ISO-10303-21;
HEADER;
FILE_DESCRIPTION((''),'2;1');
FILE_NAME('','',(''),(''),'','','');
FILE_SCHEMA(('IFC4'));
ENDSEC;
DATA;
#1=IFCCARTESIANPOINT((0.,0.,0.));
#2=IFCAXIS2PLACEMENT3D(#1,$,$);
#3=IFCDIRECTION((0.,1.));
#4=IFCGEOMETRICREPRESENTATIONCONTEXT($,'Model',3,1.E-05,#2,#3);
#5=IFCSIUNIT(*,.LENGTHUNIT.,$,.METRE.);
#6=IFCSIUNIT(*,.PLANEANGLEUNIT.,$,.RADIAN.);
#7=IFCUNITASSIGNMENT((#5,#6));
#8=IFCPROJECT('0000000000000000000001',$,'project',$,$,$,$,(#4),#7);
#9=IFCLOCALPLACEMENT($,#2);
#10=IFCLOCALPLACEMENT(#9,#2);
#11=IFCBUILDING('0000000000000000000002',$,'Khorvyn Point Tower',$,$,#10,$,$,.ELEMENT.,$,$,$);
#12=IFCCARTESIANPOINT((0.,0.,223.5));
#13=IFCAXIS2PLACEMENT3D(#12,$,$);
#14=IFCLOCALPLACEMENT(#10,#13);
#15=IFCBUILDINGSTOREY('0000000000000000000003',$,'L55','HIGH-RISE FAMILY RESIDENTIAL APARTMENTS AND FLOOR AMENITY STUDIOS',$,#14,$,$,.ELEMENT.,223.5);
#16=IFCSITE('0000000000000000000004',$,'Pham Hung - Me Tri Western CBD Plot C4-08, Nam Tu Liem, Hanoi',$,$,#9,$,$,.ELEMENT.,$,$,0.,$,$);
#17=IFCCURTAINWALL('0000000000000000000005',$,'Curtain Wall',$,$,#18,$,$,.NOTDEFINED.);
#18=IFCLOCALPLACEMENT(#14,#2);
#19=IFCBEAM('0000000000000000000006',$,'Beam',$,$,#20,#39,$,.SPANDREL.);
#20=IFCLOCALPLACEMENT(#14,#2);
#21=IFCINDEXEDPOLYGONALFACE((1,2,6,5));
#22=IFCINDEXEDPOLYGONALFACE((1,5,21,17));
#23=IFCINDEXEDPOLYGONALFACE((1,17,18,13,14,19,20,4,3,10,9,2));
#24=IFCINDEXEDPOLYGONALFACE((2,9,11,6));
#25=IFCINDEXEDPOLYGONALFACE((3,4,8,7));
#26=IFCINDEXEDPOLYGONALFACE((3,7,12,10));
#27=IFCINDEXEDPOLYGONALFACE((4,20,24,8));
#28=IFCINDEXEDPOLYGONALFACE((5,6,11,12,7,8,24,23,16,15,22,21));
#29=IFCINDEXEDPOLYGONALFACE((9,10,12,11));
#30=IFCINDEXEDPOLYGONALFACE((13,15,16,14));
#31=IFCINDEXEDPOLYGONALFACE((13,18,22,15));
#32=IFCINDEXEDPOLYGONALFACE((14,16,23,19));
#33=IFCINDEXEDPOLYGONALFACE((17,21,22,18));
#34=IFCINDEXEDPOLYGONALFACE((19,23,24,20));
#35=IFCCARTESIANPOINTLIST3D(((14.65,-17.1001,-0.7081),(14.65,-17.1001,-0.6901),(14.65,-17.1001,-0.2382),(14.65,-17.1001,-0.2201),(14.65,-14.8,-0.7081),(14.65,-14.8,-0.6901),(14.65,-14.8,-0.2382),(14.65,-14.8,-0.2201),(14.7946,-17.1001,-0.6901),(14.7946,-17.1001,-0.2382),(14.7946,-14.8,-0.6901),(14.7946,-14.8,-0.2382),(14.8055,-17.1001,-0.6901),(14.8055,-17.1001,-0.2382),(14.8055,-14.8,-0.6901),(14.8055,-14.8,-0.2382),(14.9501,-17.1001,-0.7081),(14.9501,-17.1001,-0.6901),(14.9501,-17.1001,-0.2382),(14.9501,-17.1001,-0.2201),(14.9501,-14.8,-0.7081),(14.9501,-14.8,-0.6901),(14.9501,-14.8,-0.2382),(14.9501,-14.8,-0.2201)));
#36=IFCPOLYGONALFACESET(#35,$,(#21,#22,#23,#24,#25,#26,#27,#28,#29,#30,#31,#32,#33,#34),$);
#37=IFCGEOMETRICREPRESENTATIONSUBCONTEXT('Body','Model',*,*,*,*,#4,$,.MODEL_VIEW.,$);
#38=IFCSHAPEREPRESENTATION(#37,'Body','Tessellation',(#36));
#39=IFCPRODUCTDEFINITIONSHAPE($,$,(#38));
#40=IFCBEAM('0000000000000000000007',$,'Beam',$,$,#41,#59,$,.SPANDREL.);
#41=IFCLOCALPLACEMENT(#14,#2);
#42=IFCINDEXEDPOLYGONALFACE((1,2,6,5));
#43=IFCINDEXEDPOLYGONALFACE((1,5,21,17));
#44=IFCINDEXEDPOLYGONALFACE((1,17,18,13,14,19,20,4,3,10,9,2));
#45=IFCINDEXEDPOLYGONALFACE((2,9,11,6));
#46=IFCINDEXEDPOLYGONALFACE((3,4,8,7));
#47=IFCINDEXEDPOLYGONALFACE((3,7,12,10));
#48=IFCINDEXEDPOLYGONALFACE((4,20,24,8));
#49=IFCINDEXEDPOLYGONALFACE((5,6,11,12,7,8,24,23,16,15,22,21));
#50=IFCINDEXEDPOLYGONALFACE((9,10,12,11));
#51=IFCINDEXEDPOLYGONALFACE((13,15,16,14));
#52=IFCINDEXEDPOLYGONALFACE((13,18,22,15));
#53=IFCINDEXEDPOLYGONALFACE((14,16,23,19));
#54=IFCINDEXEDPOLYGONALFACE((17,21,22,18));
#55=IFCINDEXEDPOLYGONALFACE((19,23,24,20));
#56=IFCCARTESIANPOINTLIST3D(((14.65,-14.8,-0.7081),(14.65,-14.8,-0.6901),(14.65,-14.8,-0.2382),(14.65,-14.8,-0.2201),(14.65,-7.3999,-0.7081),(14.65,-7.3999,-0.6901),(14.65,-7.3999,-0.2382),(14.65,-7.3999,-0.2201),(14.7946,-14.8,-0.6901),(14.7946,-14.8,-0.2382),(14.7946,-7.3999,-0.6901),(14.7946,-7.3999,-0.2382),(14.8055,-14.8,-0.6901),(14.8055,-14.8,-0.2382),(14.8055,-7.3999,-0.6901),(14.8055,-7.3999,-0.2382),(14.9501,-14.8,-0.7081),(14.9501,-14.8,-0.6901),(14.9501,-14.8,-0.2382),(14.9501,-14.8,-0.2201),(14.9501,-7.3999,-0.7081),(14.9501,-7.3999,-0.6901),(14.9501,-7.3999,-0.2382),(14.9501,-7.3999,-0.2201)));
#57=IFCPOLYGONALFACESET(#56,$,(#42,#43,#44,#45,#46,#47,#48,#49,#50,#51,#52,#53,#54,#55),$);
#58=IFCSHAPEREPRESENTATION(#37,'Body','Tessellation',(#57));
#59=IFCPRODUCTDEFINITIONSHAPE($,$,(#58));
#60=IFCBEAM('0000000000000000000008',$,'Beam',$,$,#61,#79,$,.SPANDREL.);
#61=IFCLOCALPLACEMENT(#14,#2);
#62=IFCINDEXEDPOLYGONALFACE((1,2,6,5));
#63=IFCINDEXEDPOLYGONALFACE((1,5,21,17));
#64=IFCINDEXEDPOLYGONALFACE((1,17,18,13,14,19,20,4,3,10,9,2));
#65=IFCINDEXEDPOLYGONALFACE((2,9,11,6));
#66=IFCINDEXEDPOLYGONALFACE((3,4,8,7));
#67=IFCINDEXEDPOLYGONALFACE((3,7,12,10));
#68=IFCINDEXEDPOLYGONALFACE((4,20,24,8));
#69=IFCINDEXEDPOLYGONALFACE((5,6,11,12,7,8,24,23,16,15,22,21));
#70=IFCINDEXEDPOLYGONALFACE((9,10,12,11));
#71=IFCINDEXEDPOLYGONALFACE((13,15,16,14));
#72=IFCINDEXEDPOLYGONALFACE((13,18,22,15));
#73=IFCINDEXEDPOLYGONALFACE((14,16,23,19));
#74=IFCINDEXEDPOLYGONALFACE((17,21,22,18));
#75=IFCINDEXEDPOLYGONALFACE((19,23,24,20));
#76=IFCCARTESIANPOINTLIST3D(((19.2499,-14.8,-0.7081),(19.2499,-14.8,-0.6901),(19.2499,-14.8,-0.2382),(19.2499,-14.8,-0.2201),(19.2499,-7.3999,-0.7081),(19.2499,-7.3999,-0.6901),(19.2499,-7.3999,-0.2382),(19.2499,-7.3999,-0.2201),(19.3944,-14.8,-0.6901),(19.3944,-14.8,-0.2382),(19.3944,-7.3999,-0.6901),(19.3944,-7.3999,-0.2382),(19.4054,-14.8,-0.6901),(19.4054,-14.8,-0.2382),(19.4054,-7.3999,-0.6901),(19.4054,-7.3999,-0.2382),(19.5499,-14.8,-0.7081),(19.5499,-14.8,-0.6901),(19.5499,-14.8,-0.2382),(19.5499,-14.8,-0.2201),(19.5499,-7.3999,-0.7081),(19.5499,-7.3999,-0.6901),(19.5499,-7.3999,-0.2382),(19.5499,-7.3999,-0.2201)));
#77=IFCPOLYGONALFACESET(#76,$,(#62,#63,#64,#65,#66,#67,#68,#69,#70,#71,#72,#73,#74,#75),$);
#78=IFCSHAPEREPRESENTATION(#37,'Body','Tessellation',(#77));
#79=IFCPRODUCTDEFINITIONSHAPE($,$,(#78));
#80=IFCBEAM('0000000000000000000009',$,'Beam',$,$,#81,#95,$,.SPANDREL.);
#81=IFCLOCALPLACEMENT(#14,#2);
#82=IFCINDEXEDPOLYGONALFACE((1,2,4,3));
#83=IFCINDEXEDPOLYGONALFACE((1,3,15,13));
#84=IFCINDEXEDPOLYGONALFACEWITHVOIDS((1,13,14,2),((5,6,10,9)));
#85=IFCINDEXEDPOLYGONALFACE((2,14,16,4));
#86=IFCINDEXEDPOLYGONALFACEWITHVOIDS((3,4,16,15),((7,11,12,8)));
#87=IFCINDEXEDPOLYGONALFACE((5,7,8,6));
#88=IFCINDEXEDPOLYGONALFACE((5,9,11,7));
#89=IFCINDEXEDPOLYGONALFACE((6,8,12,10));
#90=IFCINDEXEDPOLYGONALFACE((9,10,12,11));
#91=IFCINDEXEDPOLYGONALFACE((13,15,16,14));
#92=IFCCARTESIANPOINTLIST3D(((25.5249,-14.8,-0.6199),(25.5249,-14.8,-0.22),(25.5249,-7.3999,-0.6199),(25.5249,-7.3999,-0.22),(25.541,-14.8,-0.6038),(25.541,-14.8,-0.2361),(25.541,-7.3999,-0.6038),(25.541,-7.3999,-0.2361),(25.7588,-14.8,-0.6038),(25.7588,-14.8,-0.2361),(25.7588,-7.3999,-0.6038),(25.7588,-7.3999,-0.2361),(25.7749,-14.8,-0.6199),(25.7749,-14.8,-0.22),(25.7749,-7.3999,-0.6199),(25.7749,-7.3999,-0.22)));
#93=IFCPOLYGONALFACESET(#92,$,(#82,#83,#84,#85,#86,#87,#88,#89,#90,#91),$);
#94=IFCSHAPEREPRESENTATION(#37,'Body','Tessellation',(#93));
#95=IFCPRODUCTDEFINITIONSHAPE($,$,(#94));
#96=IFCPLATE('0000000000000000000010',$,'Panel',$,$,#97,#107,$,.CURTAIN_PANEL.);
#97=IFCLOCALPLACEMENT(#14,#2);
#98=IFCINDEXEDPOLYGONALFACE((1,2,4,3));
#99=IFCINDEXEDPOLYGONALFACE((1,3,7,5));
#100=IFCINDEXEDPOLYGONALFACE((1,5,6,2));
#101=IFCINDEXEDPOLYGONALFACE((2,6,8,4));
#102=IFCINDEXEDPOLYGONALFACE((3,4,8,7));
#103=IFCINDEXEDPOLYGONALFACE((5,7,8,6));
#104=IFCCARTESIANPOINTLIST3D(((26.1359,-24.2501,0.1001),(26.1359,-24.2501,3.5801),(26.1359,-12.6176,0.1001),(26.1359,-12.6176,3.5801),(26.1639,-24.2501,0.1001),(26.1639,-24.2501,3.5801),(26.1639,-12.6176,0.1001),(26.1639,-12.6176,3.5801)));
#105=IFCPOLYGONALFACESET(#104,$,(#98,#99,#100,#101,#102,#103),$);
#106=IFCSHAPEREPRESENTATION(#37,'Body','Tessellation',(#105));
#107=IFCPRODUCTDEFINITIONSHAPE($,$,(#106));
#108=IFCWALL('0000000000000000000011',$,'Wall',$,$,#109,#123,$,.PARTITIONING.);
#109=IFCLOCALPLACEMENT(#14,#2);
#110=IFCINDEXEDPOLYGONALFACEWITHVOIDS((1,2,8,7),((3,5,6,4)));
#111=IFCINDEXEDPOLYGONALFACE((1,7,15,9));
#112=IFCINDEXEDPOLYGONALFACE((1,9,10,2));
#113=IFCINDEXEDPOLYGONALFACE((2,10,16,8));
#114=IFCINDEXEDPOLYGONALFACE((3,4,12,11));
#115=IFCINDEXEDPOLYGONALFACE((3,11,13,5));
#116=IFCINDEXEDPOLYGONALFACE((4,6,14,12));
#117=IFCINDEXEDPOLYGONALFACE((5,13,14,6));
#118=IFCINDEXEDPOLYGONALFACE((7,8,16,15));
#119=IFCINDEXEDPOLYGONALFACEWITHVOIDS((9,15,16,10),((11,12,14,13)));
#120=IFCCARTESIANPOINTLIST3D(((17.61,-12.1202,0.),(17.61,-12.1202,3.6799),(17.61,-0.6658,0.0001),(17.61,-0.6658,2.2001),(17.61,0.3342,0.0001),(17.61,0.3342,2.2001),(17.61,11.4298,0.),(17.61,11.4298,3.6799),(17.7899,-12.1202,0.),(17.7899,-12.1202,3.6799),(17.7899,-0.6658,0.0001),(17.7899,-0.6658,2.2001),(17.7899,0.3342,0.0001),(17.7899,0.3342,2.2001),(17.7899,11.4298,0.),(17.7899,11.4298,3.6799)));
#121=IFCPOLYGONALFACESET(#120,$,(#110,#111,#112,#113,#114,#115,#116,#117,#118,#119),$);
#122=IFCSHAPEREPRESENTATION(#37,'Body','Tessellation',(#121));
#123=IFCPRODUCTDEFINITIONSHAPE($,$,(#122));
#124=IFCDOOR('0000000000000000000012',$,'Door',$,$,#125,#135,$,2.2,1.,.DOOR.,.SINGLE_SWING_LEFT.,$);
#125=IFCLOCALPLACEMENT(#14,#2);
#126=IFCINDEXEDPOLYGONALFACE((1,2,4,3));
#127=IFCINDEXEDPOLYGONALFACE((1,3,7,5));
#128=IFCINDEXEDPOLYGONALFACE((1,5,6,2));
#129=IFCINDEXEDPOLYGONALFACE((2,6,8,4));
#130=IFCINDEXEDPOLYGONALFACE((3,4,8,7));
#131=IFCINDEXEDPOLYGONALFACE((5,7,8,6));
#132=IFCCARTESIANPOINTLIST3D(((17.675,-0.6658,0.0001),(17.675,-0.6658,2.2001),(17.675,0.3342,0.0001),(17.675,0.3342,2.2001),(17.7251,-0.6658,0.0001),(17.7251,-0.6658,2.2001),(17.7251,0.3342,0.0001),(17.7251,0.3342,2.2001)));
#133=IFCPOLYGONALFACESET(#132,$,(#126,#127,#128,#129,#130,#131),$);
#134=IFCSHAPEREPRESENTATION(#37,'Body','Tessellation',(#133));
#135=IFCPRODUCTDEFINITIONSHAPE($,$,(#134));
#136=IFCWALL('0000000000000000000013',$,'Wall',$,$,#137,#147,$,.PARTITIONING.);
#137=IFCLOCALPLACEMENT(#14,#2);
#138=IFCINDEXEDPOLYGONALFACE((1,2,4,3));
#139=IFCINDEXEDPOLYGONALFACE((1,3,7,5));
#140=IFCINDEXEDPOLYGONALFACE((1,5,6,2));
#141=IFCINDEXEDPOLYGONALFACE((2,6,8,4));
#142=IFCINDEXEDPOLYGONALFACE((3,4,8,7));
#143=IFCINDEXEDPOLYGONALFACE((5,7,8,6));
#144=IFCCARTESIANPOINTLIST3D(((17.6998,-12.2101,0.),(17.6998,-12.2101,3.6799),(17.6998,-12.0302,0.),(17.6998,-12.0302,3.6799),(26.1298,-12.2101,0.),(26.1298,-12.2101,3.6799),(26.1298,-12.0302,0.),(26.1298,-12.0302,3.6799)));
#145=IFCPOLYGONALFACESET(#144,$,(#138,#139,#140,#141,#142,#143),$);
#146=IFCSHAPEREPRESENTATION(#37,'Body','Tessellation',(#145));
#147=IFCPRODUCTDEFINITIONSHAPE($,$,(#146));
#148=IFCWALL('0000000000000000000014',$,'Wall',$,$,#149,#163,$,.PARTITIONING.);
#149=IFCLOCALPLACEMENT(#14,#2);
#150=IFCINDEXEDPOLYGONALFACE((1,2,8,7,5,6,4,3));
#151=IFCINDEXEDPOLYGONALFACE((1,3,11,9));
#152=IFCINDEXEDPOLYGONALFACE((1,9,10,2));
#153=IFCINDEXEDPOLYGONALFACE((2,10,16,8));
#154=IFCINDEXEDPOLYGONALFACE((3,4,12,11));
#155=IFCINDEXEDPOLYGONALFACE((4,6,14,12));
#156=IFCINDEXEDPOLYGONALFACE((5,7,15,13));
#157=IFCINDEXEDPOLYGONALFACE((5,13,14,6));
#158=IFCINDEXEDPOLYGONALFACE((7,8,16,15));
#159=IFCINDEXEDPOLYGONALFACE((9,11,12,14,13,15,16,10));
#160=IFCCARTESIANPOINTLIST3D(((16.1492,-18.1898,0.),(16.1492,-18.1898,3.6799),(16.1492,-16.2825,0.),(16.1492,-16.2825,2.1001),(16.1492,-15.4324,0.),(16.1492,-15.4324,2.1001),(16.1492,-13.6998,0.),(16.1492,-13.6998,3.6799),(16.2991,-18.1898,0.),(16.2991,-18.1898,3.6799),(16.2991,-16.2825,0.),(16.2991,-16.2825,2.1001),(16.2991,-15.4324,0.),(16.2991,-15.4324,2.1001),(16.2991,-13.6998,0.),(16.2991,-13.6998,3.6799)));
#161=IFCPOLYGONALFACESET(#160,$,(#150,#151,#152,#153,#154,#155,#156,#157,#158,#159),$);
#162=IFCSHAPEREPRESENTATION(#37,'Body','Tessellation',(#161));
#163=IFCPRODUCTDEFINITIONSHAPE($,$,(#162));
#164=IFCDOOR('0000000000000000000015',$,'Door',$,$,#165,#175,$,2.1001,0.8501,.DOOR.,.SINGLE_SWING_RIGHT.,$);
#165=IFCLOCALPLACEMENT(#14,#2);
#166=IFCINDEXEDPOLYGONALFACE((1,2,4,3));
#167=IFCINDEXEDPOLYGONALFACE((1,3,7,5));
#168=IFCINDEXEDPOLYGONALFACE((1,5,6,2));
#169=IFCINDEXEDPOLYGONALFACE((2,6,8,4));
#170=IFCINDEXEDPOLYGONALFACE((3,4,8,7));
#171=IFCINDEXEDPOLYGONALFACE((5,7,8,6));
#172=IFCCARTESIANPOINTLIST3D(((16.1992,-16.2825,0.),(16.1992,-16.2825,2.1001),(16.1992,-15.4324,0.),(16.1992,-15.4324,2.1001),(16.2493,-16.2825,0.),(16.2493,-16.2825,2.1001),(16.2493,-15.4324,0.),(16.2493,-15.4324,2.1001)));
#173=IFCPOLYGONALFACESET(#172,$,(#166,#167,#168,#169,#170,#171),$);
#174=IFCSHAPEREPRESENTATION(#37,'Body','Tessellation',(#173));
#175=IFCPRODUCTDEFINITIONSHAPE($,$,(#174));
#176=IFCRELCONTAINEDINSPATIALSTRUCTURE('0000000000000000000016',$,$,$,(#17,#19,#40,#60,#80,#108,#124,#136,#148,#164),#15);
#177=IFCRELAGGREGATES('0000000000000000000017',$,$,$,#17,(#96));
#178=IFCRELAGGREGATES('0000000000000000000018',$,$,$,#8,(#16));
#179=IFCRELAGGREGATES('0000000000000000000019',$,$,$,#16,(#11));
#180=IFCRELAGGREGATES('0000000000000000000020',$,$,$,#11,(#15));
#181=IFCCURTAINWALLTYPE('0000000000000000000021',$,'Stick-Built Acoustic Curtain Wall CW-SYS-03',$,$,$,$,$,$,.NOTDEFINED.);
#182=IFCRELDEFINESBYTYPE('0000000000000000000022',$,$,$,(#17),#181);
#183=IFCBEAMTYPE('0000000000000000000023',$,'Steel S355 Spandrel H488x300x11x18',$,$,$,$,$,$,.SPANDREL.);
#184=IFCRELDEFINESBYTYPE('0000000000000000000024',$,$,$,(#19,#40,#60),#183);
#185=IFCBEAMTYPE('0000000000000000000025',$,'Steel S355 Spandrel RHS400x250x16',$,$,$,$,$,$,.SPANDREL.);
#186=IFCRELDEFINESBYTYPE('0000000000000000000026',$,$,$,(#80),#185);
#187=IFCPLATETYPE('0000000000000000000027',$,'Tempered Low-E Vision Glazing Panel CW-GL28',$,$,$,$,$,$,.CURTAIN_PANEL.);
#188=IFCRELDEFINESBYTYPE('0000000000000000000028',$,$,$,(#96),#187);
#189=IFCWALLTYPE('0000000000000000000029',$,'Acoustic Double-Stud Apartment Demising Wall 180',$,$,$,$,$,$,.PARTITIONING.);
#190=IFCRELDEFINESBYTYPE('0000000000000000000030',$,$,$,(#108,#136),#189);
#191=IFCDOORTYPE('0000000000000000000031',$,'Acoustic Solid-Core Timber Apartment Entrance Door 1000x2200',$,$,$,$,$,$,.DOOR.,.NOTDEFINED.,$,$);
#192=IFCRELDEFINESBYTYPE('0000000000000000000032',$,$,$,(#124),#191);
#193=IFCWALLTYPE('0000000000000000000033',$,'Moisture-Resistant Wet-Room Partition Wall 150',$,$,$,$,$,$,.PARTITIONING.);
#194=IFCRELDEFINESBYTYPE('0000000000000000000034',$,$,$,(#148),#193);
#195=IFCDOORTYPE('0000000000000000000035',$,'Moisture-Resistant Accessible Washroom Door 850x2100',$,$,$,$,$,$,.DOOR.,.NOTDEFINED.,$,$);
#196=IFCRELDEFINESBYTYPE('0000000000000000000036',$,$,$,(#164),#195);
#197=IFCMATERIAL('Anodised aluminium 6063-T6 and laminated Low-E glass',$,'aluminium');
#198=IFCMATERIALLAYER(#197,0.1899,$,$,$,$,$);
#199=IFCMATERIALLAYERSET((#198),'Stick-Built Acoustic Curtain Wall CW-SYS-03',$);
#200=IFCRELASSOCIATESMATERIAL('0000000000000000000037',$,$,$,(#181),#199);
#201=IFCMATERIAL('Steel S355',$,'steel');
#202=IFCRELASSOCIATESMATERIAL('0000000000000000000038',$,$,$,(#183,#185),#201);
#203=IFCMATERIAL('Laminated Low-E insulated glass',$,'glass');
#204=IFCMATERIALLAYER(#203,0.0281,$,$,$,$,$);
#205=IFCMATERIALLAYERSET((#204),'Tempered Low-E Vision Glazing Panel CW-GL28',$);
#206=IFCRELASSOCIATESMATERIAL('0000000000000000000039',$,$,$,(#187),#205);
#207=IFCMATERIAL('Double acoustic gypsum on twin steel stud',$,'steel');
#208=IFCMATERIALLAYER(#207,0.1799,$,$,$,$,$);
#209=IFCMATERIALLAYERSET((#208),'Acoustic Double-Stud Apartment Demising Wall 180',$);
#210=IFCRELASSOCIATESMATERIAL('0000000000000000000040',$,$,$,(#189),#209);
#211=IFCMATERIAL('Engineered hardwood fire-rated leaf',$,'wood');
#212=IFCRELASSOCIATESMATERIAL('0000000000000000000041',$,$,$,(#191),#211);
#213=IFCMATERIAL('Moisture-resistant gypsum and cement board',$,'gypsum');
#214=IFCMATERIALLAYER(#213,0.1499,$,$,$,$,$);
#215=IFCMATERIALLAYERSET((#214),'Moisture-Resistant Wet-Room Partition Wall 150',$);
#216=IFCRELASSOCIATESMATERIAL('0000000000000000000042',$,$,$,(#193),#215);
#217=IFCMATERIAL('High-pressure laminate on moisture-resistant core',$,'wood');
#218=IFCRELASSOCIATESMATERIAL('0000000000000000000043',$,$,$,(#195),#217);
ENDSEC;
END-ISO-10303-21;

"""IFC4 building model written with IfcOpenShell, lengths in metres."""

from ifc_helpers import new_model, si_unit, direction, frame, frame_2d, origin, origin_2d, place, context, subcontext, project, spatial, rectangle, hollow_rectangle, i_section, extrude, material, layer, layer_set, material_profile, profile_set, type_object, element, fill, aggregate, save


model = new_model("IFC4")

# Units and contexts
model_context = context("Model", 3, precision=1e-05, world=origin(), true_north=direction((0.0, 1.0)))
body_context = subcontext(model_context, "Body", "Model", "MODEL_VIEW")
ifc_project = project(units=[si_unit("LENGTHUNIT", "METRE"), si_unit("PLANEANGLEUNIT", "RADIAN")], contexts=[model_context])

# Site, building, storey
site_placement = place(None, origin())
site = spatial("IfcSite", under=ifc_project, at=site_placement, Name="Pham Hung - Me Tri Western CBD Plot C4-08, Nam Tu Liem, Hanoi", CompositionType="ELEMENT", RefElevation=0.0)
building_placement = place(site_placement, origin())
building = spatial("IfcBuilding", under=site, at=building_placement, Name="Khorvyn Point Tower", CompositionType="ELEMENT")
storey_placement = place(building_placement, frame((0.0, 0.0, 223.5)))
storey = spatial("IfcBuildingStorey", under=building, at=storey_placement, Name="L55", Description="HIGH-RISE FAMILY RESIDENTIAL APARTMENTS AND FLOOR AMENITY STUDIOS", CompositionType="ELEMENT", Elevation=223.5)

# Curtain wall
ifc_material_1 = material(Name="Anodised aluminium 6063-T6 and laminated Low-E glass", Category="aluminium")
ifc_layer_1 = layer(ifc_material_1, 0.1899)
ifc_layer_set_1 = layer_set([ifc_layer_1], Name="Stick-Built Acoustic Curtain Wall CW-SYS-03")
curtain_wall_type = type_object("IfcCurtainWallType", Name="Stick-Built Acoustic Curtain Wall CW-SYS-03", PredefinedType="NOTDEFINED", material=ifc_layer_set_1)
curtain_wall_placement = place(storey_placement, origin())
curtain_wall = element("IfcCurtainWall", 1, at=curtain_wall_placement, inside=storey, type_object=curtain_wall_type, Name="Curtain Wall", PredefinedType="NOTDEFINED")

# Beams
ifc_material_2 = material(Name="Steel S355", Category="steel")
ifc_material_profile_1 = material_profile(ifc_material_2, i_section(OverallWidth=0.3, OverallDepth=0.488, WebThickness=0.011, FlangeThickness=0.0181, at=origin_2d()))
ifc_profile_set_1 = profile_set([ifc_material_profile_1], Name="Steel S355 H488x300x11x18")
beam_type_1 = type_object("IfcBeamType", Name="Steel S355 Spandrel H488x300x11x18", PredefinedType="SPANDREL", material=ifc_profile_set_1)
beam_1_placement = place(storey_placement, frame((14.8, -17.1001, -0.4641), z_axis=(0.0, 1.0, 0.0), x_axis=(-1.0, 0.0, 0.0)))
element("IfcBeam", 2, at=beam_1_placement, inside=storey, type_object=beam_type_1, Name="Beam", PredefinedType="SPANDREL", context=body_context, shape_type="SweptSolid", body=[
    extrude(i_section(OverallWidth=0.3, OverallDepth=0.488, WebThickness=0.011, FlangeThickness=0.0181, at=origin_2d()), origin(), (0.0, 0.0, 1.0), 2.3),
])
for number, where, z_axis, x_axis, name in (
    (3, (14.8, -14.8, -0.4641), (0.0, 1.0, 0.0), (-1.0, 0.0, 0.0), "Beam"),
    (4, (19.3999, -14.8, -0.4641), (0.0, 1.0, 0.0), (-1.0, 0.0, 0.0), "Beam"),
):
    element("IfcBeam", number, at=place(storey_placement, frame(where, z_axis=z_axis, x_axis=x_axis)), inside=storey, type_object=beam_type_1, Name=name, PredefinedType="SPANDREL", context=body_context, shape_type="SweptSolid", body=[
        extrude(i_section(OverallWidth=0.3, OverallDepth=0.488, WebThickness=0.011, FlangeThickness=0.0181, at=origin_2d()), origin(), (0.0, 0.0, 1.0), 7.4001),
    ])
ifc_material_profile_2 = material_profile(ifc_material_2, hollow_rectangle(XDim=0.25, YDim=0.3999, WallThickness=0.0161, at=origin_2d()))
ifc_profile_set_2 = profile_set([ifc_material_profile_2], Name="Steel S355 RHS400x250x16")
beam_type_2 = type_object("IfcBeamType", Name="Steel S355 Spandrel RHS400x250x16", PredefinedType="SPANDREL", material=ifc_profile_set_2)
beam_2_placement = place(storey_placement, frame((25.6499, -14.8, -0.4199), z_axis=(0.0, 1.0, 0.0), x_axis=(-1.0, 0.0, 0.0)))
element("IfcBeam", 5, at=beam_2_placement, inside=storey, type_object=beam_type_2, Name="Beam", PredefinedType="SPANDREL", context=body_context, shape_type="SweptSolid", body=[
    extrude(hollow_rectangle(XDim=0.25, YDim=0.3999, WallThickness=0.0161, at=origin_2d()), origin(), (0.0, 0.0, 1.0), 7.4001),
])

# Plate
ifc_material_3 = material(Name="Laminated Low-E insulated glass", Category="glass")
ifc_layer_2 = layer(ifc_material_3, 0.0281)
ifc_layer_set_2 = layer_set([ifc_layer_2], Name="Tempered Low-E Vision Glazing Panel CW-GL28")
plate_type = type_object("IfcPlateType", Name="Tempered Low-E Vision Glazing Panel CW-GL28", PredefinedType="CURTAIN_PANEL", material=ifc_layer_set_2)
plate_placement = place(storey_placement, frame((26.1499, -18.4338, 0.1001), z_axis=(0.0, 0.0, 1.0), x_axis=(0.0, -1.0, 0.0)))
plate = element("IfcPlate", 6, at=plate_placement, type_object=plate_type, Name="Panel", PredefinedType="CURTAIN_PANEL", context=body_context, shape_type="SweptSolid", body=[
    extrude(rectangle(XDim=11.6326, YDim=0.0281, at=origin_2d()), origin(), (0.0, 0.0, 1.0), 3.48),
])
aggregate(curtain_wall, [plate])

# Wall, opening, door
ifc_material_4 = material(Name="Double acoustic gypsum on twin steel stud", Category="steel")
ifc_layer_3 = layer(ifc_material_4, 0.1799)
ifc_layer_set_3 = layer_set([ifc_layer_3], Name="Acoustic Double-Stud Apartment Demising Wall 180")
wall_type_1 = type_object("IfcWallType", Name="Acoustic Double-Stud Apartment Demising Wall 180", PredefinedType="PARTITIONING", material=ifc_layer_set_3)
wall_1_placement = place(storey_placement, frame((17.7, -12.1201, 0.0), z_axis=(0.0, 0.0, 1.0), x_axis=(0.0, 1.0, 0.0)))
wall_1 = element("IfcWall", 7, at=wall_1_placement, inside=storey, type_object=wall_type_1, Name="Wall", PredefinedType="PARTITIONING", context=body_context, shape_type="SweptSolid", body=[
    extrude(rectangle(XDim=23.55, YDim=0.1799, at=frame_2d((11.7749, 0.0))), origin(), (0.0, 0.0, 1.0), 3.6799),
])
opening_1_placement = place(wall_1_placement, frame((11.4543, 0.0, 0.0)))
opening_1 = element("IfcOpeningElement", 8, at=opening_1_placement, cuts=wall_1, PredefinedType="OPENING", context=body_context, shape_type="SweptSolid", body=[
    extrude(rectangle(XDim=1.0, YDim=2.2, at=frame_2d((0.5, 1.1001))), frame((0.0, 0.0999, 0.0), z_axis=(0.0, -1.0, 0.0), x_axis=(1.0, 0.0, 0.0)), (0.0, 0.0, 1.0), 0.2),
])
ifc_material_5 = material(Name="Engineered hardwood fire-rated leaf", Category="wood")
door_type_1 = type_object("IfcDoorType", Name="Acoustic Solid-Core Timber Apartment Entrance Door 1000x2200", OperationType="NOTDEFINED", PredefinedType="DOOR", material=ifc_material_5)
door_1_placement = place(opening_1_placement, origin())
door_1 = element("IfcDoor", 9, at=door_1_placement, inside=storey, type_object=door_type_1, Name="Door", OperationType="SINGLE_SWING_LEFT", OverallHeight=2.2, OverallWidth=1.0, PredefinedType="DOOR", context=body_context, shape_type="SweptSolid", body=[
    extrude(rectangle(XDim=1.0, YDim=2.2, at=frame_2d((0.5, 1.1001))), frame((0.0, 0.0249, 0.0), z_axis=(0.0, -1.0, 0.0), x_axis=(1.0, 0.0, 0.0)), (0.0, 0.0, 1.0), 0.05),
])
fill(opening_1, door_1)

# Wall
wall_2_placement = place(storey_placement, frame((17.7, -12.1201, 0.0), z_axis=(0.0, 0.0, 1.0), x_axis=(1.0, 0.0, 0.0)))
element("IfcWall", 10, at=wall_2_placement, inside=storey, type_object=wall_type_1, Name="Wall", PredefinedType="PARTITIONING", context=body_context, shape_type="SweptSolid", body=[
    extrude(rectangle(XDim=8.4299, YDim=0.1799, at=frame_2d((4.2148, 0.0))), origin(), (0.0, 0.0, 1.0), 3.6799),
])

# Wall, opening, door
ifc_material_6 = material(Name="Moisture-resistant gypsum and cement board", Category="gypsum")
ifc_layer_4 = layer(ifc_material_6, 0.1499)
ifc_layer_set_4 = layer_set([ifc_layer_4], Name="Moisture-Resistant Wet-Room Partition Wall 150")
wall_type_2 = type_object("IfcWallType", Name="Moisture-Resistant Wet-Room Partition Wall 150", PredefinedType="PARTITIONING", material=ifc_layer_set_4)
wall_3_placement = place(storey_placement, frame((16.2241, -18.1899, 0.0), z_axis=(0.0, 0.0, 1.0), x_axis=(0.0, 1.0, 0.0)))
wall_3 = element("IfcWall", 11, at=wall_3_placement, inside=storey, type_object=wall_type_2, Name="Wall", PredefinedType="PARTITIONING", context=body_context, shape_type="SweptSolid", body=[
    extrude(rectangle(XDim=4.49, YDim=0.1499, at=frame_2d((2.2451, 0.0))), origin(), (0.0, 0.0, 1.0), 3.6799),
])
opening_2_placement = place(wall_3_placement, frame((1.9075, 0.0, 0.0)))
opening_2 = element("IfcOpeningElement", 12, at=opening_2_placement, cuts=wall_3, PredefinedType="OPENING", context=body_context, shape_type="SweptSolid", body=[
    extrude(rectangle(XDim=0.8501, YDim=2.1001, at=frame_2d((0.425, 1.05))), frame((0.0, 0.085, 0.0), z_axis=(0.0, -1.0, 0.0), x_axis=(1.0, 0.0, 0.0)), (0.0, 0.0, 1.0), 0.1699),
])
ifc_material_7 = material(Name="High-pressure laminate on moisture-resistant core", Category="wood")
door_type_2 = type_object("IfcDoorType", Name="Moisture-Resistant Accessible Washroom Door 850x2100", OperationType="NOTDEFINED", PredefinedType="DOOR", material=ifc_material_7)
door_2_placement = place(opening_2_placement, origin())
door_2 = element("IfcDoor", 13, at=door_2_placement, inside=storey, type_object=door_type_2, Name="Door", OperationType="SINGLE_SWING_RIGHT", OverallHeight=2.1001, OverallWidth=0.8501, PredefinedType="DOOR", context=body_context, shape_type="SweptSolid", body=[
    extrude(rectangle(XDim=0.8501, YDim=2.1001, at=frame_2d((0.425, 1.05))), frame((0.0, 0.0249, 0.0), z_axis=(0.0, -1.0, 0.0), x_axis=(1.0, 0.0, 0.0)), (0.0, 0.0, 1.0), 0.05),
])
fill(opening_2, door_2)

save(model, "model.ifc")
